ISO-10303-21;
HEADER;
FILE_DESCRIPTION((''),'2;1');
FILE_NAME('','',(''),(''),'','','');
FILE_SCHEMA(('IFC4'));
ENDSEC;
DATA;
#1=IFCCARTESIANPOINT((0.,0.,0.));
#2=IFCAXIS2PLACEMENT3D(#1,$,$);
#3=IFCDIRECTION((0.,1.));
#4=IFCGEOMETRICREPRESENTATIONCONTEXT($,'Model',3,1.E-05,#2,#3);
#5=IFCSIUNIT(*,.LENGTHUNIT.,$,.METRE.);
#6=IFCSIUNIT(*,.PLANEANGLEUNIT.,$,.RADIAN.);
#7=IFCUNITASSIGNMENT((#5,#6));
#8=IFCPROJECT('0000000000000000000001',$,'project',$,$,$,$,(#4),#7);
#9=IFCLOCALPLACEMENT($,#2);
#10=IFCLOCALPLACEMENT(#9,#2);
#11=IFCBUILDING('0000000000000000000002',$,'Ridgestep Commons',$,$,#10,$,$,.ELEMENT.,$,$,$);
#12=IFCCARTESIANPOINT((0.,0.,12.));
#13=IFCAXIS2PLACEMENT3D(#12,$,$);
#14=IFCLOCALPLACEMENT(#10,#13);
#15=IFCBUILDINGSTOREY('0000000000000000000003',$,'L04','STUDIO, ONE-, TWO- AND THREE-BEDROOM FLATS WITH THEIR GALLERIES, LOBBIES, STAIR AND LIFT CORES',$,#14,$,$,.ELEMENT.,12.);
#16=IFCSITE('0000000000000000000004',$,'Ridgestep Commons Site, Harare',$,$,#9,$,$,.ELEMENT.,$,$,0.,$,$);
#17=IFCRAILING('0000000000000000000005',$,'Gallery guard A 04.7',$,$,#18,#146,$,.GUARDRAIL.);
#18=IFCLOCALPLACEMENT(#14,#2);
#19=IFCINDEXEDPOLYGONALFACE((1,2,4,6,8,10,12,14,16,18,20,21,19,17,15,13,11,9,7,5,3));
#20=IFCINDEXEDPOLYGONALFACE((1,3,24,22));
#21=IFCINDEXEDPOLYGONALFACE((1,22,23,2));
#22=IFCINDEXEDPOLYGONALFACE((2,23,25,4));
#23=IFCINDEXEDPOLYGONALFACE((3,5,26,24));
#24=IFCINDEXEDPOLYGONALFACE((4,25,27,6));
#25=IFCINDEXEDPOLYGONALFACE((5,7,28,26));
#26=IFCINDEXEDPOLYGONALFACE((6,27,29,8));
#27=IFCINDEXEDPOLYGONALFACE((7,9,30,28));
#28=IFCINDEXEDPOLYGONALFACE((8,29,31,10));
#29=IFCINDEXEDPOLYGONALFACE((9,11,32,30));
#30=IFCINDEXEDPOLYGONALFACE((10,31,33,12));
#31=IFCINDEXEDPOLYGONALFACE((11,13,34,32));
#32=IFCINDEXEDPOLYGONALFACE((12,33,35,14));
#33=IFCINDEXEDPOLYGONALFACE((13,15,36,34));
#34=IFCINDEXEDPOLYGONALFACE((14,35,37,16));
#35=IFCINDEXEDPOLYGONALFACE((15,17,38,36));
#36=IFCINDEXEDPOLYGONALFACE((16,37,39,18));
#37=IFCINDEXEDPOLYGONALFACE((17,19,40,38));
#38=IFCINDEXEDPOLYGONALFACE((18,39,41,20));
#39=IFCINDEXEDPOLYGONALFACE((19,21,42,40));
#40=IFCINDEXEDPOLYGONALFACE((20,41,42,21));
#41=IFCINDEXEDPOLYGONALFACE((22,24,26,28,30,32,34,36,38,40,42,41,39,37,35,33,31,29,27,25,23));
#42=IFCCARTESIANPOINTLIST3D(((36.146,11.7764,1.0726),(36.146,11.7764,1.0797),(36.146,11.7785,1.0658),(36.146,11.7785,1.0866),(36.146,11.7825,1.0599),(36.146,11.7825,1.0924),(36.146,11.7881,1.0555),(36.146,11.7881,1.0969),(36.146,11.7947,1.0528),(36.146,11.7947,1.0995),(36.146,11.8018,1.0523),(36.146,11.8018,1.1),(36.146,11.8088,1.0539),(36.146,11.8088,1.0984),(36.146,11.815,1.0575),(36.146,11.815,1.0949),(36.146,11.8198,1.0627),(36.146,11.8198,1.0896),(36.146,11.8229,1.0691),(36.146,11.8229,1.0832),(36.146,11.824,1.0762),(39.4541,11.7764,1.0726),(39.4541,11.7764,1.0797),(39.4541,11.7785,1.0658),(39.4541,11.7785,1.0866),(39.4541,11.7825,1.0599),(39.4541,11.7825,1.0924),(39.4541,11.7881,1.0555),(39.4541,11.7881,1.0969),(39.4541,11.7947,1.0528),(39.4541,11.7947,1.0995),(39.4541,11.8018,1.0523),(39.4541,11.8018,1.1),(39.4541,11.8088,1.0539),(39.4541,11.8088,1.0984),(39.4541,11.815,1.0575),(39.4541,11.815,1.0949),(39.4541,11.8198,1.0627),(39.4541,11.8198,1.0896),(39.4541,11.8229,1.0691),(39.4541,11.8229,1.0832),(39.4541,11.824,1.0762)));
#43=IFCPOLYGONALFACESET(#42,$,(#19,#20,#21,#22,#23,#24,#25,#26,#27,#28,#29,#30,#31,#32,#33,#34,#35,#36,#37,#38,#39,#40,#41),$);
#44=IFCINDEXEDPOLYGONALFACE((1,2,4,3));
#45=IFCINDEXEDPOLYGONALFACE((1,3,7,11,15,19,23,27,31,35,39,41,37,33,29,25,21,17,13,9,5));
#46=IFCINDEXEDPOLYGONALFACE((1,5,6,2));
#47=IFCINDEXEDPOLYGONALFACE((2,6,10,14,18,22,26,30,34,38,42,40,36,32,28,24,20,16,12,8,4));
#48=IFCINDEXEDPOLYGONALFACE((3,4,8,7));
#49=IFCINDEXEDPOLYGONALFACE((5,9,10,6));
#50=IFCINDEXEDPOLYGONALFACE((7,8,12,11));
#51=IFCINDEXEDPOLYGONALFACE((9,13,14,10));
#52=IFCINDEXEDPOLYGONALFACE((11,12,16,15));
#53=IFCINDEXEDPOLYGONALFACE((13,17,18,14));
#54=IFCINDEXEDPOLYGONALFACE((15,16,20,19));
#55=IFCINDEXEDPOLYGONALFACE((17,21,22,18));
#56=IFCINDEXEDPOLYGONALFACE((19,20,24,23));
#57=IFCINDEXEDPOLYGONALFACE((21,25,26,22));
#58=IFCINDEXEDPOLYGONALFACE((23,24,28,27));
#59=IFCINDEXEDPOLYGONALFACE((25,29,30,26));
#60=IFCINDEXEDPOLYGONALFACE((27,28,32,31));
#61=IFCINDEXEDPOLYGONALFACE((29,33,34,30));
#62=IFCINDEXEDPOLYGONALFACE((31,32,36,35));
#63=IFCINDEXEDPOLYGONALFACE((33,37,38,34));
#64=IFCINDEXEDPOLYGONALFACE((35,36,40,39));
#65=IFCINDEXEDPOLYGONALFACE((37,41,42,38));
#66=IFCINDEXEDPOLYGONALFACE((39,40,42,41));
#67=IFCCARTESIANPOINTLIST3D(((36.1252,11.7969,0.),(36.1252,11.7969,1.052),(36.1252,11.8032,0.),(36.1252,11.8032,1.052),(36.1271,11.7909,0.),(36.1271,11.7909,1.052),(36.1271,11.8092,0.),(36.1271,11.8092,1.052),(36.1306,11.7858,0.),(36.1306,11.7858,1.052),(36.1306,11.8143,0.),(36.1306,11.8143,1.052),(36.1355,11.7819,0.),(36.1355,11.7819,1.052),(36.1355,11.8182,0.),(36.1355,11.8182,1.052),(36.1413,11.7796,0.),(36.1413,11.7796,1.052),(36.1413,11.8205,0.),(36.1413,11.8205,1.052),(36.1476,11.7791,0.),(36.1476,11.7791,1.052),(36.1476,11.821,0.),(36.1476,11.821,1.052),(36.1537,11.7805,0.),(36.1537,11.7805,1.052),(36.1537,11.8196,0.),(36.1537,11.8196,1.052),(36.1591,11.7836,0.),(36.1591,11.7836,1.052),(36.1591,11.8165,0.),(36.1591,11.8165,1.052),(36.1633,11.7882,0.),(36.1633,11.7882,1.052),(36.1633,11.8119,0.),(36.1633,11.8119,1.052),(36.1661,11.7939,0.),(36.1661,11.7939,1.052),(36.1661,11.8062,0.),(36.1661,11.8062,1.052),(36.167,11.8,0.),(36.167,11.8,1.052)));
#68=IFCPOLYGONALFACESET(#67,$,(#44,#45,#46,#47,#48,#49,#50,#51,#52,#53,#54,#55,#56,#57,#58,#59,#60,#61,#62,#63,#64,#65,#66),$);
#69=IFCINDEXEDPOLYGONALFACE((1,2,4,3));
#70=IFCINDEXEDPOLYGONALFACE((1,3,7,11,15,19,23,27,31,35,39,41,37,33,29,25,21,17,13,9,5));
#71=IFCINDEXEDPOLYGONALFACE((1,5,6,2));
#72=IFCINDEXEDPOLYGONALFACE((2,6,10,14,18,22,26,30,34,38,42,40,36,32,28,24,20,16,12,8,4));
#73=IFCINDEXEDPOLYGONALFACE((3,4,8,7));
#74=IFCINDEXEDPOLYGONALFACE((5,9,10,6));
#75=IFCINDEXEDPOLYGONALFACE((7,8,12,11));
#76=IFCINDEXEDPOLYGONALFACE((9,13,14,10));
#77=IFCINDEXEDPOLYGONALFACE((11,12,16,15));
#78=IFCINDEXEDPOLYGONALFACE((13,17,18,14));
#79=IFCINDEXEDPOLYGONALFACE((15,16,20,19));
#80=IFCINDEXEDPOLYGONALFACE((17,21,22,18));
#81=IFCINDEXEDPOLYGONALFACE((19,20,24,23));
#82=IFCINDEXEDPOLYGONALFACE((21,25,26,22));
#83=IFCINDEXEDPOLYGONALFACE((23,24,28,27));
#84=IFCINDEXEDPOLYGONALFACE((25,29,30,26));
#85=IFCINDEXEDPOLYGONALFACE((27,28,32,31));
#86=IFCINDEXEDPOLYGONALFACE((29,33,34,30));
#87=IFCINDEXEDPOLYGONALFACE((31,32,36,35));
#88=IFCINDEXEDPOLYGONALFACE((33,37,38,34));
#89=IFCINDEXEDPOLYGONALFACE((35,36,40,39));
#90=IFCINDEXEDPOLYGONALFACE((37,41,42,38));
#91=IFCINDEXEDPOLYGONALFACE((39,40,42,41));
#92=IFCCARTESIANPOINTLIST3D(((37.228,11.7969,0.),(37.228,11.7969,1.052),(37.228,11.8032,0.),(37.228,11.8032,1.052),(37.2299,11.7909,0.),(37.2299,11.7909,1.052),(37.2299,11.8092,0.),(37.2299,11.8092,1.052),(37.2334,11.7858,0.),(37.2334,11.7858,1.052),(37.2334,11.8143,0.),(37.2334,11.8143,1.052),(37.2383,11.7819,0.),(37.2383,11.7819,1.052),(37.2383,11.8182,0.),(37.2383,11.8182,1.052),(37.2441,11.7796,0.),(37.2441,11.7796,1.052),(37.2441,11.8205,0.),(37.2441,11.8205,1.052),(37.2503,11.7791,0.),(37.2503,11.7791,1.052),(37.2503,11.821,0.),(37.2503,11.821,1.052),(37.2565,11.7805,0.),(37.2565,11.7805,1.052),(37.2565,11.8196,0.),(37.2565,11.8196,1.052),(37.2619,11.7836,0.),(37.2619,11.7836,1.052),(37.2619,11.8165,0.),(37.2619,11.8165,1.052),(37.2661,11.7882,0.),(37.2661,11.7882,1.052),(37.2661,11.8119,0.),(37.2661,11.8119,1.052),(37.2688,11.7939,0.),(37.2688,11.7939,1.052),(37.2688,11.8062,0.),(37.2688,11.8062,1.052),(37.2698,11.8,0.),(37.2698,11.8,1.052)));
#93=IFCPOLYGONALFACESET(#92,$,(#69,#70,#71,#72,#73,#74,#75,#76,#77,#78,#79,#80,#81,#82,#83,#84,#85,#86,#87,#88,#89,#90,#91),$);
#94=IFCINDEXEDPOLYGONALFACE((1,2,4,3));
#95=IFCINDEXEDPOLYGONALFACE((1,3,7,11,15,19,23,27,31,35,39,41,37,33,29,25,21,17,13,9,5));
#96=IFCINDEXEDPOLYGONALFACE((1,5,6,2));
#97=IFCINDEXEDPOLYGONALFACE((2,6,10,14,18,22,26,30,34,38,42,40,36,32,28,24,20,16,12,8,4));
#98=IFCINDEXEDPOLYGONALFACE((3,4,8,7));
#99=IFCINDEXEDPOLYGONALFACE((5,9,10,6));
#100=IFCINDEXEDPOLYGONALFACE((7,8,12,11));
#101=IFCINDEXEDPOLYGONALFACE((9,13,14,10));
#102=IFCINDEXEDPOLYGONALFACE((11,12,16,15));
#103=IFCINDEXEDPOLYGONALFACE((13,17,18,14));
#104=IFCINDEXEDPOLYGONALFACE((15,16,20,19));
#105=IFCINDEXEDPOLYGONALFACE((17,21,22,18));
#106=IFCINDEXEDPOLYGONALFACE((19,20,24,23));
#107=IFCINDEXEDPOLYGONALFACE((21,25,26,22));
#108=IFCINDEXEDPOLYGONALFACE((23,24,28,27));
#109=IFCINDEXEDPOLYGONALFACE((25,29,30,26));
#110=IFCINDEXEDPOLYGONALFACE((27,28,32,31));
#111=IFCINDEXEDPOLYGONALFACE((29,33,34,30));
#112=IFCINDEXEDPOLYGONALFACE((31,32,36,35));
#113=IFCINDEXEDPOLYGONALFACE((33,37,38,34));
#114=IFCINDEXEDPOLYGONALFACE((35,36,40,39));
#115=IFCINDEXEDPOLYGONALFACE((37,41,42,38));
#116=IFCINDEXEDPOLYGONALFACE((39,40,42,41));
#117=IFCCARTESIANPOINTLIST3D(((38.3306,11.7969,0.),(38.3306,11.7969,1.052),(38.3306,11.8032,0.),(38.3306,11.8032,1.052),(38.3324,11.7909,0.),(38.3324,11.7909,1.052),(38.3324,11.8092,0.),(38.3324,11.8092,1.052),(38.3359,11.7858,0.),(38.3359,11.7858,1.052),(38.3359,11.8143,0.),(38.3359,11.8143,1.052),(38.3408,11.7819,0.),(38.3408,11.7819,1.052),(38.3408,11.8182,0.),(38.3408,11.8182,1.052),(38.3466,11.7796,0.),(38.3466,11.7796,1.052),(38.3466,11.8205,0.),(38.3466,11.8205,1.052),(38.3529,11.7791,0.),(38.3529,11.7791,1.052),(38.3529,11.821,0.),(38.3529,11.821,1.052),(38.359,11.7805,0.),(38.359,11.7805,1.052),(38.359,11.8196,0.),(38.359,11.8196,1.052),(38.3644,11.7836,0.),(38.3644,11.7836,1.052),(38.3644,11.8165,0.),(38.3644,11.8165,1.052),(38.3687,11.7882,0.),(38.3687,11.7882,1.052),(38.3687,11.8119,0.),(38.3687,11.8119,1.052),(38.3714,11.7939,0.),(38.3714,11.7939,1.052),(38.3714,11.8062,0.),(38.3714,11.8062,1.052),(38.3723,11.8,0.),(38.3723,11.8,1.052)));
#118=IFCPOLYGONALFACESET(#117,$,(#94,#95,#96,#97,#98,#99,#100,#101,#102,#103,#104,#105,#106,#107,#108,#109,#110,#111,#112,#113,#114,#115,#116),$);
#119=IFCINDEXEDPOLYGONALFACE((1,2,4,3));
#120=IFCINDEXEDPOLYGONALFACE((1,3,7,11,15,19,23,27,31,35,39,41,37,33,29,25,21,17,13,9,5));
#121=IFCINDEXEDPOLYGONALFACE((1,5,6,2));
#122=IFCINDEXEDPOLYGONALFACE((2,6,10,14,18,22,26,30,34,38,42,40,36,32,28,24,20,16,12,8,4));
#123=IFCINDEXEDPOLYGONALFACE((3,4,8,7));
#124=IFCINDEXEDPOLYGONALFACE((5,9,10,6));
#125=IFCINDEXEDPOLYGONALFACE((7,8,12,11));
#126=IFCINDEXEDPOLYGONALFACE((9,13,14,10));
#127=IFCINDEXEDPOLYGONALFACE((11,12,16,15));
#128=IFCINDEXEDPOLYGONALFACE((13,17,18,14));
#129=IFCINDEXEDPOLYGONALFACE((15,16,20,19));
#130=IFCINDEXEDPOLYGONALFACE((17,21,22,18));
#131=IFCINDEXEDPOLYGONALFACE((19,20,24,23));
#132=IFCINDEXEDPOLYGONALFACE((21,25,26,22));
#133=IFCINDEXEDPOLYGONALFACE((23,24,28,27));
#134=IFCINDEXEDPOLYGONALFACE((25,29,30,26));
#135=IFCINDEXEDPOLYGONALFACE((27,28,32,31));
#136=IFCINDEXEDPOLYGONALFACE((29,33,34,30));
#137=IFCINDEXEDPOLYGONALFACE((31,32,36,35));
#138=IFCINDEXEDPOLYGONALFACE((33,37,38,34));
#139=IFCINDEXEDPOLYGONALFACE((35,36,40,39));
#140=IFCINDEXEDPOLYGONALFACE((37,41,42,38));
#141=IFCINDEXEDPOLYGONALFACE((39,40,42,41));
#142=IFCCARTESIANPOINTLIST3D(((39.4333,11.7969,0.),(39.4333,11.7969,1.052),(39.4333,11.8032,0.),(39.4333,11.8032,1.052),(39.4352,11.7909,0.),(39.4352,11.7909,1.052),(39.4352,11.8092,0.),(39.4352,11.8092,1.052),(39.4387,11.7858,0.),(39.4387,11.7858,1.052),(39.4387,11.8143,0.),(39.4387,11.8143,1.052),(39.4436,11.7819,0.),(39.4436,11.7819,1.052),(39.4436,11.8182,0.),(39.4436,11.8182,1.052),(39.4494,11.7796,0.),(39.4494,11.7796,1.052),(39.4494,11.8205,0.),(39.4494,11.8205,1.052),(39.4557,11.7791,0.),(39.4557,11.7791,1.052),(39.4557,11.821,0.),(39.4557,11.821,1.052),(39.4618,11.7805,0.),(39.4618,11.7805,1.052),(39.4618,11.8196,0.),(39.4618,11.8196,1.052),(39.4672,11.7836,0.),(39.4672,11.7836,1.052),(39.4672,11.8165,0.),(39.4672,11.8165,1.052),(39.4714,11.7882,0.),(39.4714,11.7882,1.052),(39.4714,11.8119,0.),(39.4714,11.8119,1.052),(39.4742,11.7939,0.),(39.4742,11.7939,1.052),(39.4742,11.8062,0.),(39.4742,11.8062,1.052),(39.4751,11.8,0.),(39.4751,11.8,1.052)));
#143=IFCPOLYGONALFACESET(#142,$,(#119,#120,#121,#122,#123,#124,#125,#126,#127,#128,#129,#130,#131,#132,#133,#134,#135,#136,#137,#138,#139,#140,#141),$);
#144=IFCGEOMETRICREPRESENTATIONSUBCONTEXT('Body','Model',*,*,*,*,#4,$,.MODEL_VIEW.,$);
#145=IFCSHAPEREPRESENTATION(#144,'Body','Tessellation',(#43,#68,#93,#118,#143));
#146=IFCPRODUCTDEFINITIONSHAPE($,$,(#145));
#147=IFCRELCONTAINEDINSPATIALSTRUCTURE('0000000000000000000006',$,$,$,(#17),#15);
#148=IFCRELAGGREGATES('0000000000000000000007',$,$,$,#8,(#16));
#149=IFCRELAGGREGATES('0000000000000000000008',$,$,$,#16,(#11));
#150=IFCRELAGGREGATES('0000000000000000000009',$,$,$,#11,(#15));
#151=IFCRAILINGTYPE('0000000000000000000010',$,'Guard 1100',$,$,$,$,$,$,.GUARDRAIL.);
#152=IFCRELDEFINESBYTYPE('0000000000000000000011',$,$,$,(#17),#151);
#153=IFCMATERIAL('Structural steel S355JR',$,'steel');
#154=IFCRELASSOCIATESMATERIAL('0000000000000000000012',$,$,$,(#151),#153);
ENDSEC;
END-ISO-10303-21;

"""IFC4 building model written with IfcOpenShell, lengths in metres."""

from ifc_helpers import new_model, si_unit, direction, frame, origin, origin_2d, place, context, subcontext, project, spatial, circle, extrude, material, type_object, element, save


model = new_model("IFC4")

# Units and contexts
model_context = context("Model", 3, precision=1e-05, world=origin(), true_north=direction((0.0, 1.0)))
body_context = subcontext(model_context, "Body", "Model", "MODEL_VIEW")
ifc_project = project(units=[si_unit("LENGTHUNIT", "METRE"), si_unit("PLANEANGLEUNIT", "RADIAN")], contexts=[model_context])

# Site, building, storey
site_placement = place(None, origin())
site = spatial("IfcSite", under=ifc_project, at=site_placement, Name="Ridgestep Commons Site, Harare", CompositionType="ELEMENT", RefElevation=0.0)
building_placement = place(site_placement, origin())
building = spatial("IfcBuilding", under=site, at=building_placement, Name="Ridgestep Commons", CompositionType="ELEMENT")
storey_placement = place(building_placement, frame((0.0, 0.0, 12.0)))
storey = spatial("IfcBuildingStorey", under=building, at=storey_placement, Name="L04", Description="STUDIO, ONE-, TWO- AND THREE-BEDROOM FLATS WITH THEIR GALLERIES, LOBBIES, STAIR AND LIFT CORES", CompositionType="ELEMENT", Elevation=12.0)

# Railing
ifc_material_1 = material(Name="Structural steel S355JR", Category="steel")
railing_type = type_object("IfcRailingType", Name="Guard 1100", PredefinedType="GUARDRAIL", material=ifc_material_1)
for number, where, name in (
    (1, (36.146, 11.8, 0.0), "Gallery guard A 04.7"),
):
    element("IfcRailing", number, at=place(storey_placement, frame(where)), inside=storey, type_object=railing_type, Name=name, PredefinedType="GUARDRAIL", context=body_context, shape_type="SweptSolid", body=[
        extrude(circle(Radius=0.0239, at=origin_2d()), frame((0.0, 0.0, 1.0762), z_axis=(1.0, 0.0, 0.0), x_axis=(0.0, 1.0, 0.0)), (0.0, 0.0, 1.0), 3.3081),
        extrude(circle(Radius=0.021, at=origin_2d()), origin(), (0.0, 0.0, 1.0), 1.052),
        extrude(circle(Radius=0.021, at=origin_2d()), frame((1.1028, 0.0, 0.0)), (0.0, 0.0, 1.0), 1.052),
        extrude(circle(Radius=0.021, at=origin_2d()), frame((2.2053, 0.0, 0.0)), (0.0, 0.0, 1.0), 1.052),
        extrude(circle(Radius=0.021, at=origin_2d()), frame((3.3081, 0.0, 0.0)), (0.0, 0.0, 1.0), 1.052),
    ])

save(model, "model.ifc")
